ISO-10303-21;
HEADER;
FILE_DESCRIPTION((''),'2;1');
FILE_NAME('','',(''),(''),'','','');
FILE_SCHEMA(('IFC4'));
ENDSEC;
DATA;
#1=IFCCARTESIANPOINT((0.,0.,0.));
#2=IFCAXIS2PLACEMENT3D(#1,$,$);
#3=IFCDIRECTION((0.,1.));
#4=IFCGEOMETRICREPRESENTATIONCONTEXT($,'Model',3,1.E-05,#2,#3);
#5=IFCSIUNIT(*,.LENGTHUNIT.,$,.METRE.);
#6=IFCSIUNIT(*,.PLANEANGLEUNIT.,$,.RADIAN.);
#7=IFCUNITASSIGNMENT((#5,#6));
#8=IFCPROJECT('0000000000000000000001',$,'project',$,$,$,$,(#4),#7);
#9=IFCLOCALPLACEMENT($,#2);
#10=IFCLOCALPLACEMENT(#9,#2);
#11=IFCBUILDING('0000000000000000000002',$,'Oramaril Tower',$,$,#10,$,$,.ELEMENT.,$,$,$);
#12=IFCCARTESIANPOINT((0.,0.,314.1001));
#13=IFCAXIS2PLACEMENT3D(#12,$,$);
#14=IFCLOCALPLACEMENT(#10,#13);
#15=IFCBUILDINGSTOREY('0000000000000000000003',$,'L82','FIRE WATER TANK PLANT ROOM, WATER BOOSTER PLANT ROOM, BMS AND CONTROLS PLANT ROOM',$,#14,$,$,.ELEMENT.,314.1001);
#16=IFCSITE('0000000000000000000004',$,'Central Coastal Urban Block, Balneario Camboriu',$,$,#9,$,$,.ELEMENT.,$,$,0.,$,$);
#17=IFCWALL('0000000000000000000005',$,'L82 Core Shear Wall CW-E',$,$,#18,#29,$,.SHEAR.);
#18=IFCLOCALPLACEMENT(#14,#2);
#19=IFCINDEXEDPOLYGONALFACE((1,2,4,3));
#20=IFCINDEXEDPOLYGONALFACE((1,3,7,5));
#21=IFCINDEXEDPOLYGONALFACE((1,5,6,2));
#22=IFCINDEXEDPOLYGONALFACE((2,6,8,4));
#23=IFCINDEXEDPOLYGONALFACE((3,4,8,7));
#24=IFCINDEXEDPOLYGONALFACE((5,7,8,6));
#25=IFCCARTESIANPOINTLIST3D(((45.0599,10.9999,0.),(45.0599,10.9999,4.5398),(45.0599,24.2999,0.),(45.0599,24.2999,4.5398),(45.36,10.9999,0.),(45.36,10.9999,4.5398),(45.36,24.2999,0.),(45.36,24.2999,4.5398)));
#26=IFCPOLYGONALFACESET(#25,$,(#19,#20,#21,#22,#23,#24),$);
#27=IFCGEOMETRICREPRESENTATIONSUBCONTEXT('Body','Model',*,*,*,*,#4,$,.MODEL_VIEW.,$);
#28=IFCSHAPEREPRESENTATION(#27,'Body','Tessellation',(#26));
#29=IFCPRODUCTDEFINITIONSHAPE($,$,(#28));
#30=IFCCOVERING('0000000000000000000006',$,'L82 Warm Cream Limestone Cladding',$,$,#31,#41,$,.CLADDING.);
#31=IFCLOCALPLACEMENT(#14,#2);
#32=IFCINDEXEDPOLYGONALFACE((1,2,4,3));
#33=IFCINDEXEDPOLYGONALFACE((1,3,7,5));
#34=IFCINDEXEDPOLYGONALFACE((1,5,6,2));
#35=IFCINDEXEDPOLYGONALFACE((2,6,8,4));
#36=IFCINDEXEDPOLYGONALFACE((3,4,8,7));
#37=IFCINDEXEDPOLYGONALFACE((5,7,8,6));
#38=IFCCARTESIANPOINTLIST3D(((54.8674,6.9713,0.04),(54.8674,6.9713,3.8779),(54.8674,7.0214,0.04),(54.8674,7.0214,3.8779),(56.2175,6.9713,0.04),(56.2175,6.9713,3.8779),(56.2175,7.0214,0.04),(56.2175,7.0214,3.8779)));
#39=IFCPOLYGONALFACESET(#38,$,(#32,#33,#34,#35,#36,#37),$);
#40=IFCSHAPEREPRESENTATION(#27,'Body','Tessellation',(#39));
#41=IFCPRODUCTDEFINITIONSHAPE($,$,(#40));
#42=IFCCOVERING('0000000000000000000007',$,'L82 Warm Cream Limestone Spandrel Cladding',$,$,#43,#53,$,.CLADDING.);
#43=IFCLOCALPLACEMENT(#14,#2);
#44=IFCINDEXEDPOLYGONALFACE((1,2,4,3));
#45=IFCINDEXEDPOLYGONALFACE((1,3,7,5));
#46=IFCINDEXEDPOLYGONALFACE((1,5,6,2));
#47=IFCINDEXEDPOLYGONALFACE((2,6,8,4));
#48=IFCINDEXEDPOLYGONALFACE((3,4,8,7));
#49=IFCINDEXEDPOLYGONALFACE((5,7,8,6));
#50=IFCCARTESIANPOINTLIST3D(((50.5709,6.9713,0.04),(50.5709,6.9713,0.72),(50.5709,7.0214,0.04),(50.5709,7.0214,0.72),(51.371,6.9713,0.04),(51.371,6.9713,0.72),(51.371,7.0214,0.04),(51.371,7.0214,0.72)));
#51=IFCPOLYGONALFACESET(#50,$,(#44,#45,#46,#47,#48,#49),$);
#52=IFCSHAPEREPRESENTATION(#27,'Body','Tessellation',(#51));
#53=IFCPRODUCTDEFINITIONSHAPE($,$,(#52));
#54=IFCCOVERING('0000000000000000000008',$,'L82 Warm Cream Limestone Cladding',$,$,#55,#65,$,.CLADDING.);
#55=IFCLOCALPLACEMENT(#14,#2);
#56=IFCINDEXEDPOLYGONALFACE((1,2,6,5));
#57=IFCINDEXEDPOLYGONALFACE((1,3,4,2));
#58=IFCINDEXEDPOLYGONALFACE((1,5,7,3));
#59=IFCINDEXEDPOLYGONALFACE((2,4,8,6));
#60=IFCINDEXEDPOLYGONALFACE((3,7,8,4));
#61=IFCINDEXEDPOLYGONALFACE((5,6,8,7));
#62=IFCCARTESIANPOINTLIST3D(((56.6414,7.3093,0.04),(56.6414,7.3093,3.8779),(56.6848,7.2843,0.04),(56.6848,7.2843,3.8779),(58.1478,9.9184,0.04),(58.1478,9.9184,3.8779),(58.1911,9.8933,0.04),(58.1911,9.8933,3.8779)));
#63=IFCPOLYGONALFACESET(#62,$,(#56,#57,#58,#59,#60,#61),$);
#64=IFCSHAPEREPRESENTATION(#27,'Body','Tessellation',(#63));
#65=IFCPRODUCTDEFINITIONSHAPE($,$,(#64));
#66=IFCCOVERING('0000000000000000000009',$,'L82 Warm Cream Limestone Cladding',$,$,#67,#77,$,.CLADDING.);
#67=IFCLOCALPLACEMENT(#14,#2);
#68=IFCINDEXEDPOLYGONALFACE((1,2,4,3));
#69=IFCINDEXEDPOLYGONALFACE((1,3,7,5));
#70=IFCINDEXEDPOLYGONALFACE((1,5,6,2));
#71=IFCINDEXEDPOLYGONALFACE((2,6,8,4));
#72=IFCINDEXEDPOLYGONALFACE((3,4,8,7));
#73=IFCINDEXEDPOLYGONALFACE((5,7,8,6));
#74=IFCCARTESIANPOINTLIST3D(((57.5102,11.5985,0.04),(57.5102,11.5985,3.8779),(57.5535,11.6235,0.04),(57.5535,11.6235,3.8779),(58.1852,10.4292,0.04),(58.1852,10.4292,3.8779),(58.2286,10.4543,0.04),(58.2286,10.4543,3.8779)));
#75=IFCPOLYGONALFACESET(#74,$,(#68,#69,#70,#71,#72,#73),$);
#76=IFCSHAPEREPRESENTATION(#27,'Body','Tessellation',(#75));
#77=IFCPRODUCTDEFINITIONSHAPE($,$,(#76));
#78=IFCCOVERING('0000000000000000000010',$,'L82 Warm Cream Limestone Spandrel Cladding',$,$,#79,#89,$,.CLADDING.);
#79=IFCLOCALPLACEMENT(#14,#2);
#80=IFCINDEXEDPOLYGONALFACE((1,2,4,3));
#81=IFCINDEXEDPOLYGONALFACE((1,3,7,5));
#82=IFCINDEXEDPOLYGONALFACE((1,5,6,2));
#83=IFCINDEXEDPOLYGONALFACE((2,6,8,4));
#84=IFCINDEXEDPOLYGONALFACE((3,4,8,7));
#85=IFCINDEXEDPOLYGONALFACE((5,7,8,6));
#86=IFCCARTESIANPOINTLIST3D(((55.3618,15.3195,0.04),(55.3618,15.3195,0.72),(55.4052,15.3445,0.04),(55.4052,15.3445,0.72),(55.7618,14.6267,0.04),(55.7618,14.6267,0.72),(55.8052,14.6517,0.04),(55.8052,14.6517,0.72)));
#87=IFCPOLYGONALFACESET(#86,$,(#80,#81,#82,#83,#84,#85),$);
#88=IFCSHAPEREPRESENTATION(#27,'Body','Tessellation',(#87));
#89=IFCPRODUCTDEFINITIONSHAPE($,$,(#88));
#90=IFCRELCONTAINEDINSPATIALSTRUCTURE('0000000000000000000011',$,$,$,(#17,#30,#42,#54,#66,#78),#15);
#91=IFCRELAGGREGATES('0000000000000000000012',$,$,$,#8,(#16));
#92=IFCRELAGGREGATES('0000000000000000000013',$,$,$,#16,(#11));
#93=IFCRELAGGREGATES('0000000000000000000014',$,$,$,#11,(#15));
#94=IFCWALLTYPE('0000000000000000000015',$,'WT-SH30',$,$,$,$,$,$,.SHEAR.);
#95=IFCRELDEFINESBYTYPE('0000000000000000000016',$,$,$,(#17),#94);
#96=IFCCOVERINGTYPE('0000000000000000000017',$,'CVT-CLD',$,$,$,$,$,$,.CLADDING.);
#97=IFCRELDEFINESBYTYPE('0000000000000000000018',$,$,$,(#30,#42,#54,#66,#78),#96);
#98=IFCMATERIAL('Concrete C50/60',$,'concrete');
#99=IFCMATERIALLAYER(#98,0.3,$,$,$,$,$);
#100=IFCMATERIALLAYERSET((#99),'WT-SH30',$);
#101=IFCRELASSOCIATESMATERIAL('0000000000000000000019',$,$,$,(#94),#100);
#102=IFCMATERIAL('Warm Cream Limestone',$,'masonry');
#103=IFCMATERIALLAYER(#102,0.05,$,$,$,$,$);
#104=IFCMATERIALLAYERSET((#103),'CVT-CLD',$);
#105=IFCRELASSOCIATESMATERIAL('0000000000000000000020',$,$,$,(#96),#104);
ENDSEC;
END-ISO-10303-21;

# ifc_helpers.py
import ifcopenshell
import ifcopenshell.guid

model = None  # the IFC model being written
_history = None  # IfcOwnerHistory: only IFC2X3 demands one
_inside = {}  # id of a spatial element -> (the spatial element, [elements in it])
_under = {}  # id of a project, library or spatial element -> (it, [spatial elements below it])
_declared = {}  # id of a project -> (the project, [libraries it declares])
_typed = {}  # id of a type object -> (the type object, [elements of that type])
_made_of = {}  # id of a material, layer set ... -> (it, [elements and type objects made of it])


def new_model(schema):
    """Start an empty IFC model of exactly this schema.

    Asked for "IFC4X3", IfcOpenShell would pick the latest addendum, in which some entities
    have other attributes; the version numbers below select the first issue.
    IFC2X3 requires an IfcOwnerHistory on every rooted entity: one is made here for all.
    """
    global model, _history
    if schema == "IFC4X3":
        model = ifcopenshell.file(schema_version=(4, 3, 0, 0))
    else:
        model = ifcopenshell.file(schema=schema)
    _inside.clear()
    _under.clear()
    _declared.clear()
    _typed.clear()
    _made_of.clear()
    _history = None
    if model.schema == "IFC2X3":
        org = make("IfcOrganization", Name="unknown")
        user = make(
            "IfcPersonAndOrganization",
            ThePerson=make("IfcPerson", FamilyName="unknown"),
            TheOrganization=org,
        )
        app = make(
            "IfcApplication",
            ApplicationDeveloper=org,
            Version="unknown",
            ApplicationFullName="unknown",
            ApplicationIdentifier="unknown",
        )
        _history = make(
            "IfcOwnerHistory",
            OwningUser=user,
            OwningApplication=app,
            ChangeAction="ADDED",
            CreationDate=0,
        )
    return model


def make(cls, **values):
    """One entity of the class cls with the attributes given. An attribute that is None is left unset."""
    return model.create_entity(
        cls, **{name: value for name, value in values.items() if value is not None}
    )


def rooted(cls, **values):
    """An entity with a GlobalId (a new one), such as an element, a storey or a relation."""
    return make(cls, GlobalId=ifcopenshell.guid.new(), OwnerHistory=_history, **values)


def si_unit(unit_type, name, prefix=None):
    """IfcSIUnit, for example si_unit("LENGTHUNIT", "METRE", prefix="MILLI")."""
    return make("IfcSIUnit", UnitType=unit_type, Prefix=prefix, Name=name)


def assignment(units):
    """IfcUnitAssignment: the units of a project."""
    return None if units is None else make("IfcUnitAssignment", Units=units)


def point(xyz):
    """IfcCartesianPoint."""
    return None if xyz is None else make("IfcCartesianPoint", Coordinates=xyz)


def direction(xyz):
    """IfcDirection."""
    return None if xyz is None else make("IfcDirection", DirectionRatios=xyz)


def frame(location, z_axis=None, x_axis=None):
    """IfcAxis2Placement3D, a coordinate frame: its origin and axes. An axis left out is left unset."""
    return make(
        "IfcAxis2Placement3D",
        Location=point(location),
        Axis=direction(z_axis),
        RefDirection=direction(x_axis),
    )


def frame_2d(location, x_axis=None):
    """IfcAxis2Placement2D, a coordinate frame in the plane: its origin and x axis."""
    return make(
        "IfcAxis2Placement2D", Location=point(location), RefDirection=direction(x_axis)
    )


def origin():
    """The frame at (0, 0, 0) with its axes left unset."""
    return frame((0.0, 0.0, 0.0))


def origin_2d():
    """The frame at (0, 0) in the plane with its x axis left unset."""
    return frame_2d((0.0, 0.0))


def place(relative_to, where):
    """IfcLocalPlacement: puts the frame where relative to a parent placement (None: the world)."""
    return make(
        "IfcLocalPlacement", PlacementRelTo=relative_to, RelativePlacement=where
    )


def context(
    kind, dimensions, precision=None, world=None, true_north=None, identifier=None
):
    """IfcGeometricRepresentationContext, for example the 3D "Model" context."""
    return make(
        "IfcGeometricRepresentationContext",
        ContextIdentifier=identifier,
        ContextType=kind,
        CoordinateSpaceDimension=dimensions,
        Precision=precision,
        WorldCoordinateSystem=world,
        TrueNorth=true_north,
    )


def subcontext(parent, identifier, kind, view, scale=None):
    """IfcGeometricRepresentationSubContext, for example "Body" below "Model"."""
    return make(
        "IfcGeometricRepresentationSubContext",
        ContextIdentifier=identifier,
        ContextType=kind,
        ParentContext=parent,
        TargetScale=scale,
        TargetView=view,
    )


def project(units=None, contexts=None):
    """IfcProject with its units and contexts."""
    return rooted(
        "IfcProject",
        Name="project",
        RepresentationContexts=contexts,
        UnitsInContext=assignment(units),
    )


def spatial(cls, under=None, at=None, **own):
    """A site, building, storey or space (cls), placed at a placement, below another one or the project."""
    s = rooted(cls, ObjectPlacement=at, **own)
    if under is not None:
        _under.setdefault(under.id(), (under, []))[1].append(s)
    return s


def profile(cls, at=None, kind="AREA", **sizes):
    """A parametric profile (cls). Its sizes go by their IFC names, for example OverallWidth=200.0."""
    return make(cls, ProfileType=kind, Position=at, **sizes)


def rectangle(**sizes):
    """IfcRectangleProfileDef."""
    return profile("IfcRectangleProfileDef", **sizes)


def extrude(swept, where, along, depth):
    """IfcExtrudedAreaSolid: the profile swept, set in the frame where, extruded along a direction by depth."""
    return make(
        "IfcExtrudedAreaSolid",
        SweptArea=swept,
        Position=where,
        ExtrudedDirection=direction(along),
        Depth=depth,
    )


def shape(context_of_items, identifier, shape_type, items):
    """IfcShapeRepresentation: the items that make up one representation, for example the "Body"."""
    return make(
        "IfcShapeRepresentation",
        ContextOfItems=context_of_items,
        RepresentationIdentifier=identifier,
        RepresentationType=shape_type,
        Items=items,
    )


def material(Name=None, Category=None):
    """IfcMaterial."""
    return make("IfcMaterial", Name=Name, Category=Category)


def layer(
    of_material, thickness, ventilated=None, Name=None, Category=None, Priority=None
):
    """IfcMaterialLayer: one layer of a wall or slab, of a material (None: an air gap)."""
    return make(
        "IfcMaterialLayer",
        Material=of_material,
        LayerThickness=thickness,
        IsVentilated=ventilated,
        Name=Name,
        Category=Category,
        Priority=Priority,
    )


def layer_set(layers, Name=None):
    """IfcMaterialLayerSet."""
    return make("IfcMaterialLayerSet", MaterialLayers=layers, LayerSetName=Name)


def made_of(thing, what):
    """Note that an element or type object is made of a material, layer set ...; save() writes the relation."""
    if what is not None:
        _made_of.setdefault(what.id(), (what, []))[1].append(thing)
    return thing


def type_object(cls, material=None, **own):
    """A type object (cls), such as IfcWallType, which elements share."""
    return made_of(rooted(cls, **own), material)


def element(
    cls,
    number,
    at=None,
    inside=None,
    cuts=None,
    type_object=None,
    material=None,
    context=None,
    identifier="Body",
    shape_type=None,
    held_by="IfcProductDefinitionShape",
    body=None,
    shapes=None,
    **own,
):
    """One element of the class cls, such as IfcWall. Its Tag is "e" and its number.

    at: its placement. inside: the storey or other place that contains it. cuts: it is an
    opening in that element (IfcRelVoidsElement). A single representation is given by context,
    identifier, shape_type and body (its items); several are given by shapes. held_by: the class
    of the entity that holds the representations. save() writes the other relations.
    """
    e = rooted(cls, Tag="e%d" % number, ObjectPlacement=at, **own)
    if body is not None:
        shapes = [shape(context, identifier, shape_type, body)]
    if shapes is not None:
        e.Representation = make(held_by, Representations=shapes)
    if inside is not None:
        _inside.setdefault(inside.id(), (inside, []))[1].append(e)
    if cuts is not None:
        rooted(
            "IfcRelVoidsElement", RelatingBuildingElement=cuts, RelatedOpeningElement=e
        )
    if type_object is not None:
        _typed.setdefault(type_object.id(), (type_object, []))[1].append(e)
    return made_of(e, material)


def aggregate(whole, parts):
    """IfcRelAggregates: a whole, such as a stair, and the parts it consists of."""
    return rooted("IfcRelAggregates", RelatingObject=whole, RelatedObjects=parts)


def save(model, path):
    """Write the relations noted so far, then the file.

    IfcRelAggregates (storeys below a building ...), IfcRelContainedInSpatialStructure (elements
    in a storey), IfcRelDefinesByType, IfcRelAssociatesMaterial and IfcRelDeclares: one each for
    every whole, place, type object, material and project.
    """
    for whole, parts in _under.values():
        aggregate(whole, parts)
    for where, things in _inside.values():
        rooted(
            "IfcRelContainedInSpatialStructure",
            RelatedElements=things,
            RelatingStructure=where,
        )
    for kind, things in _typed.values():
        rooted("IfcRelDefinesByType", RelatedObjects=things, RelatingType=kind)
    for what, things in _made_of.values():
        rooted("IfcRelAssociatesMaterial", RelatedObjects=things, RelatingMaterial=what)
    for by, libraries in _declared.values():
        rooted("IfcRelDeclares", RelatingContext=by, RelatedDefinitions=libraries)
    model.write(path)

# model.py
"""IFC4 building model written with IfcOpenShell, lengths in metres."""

from ifc_helpers import new_model, si_unit, direction, frame, frame_2d, origin, origin_2d, place, context, subcontext, project, spatial, rectangle, extrude, material, layer, layer_set, type_object, element, save


model = new_model("IFC4")

# Units and contexts
model_context = context("Model", 3, precision=1e-05, world=origin(), true_north=direction((0.0, 1.0)))
body_context = subcontext(model_context, "Body", "Model", "MODEL_VIEW")
ifc_project = project(units=[si_unit("LENGTHUNIT", "METRE"), si_unit("PLANEANGLEUNIT", "RADIAN")], contexts=[model_context])

# Site, building, storey
site_placement = place(None, origin())
site = spatial("IfcSite", under=ifc_project, at=site_placement, Name="Central Coastal Urban Block, Balneario Camboriu", CompositionType="ELEMENT", RefElevation=0.0)
building_placement = place(site_placement, origin())
building = spatial("IfcBuilding", under=site, at=building_placement, Name="Oramaril Tower", CompositionType="ELEMENT")
storey_placement = place(building_placement, frame((0.0, 0.0, 314.1001)))
storey = spatial("IfcBuildingStorey", under=building, at=storey_placement, Name="L82", Description="FIRE WATER TANK PLANT ROOM, WATER BOOSTER PLANT ROOM, BMS AND CONTROLS PLANT ROOM", CompositionType="ELEMENT", Elevation=314.1001)

# Wall
ifc_material_1 = material(Name="Concrete C50/60", Category="concrete")
ifc_layer_1 = layer(ifc_material_1, 0.3)
ifc_layer_set_1 = layer_set([ifc_layer_1], Name="WT-SH30")
wall_type_1 = type_object("IfcWallType", Name="WT-SH30", PredefinedType="SHEAR", material=ifc_layer_set_1)
wall_1_placement = place(storey_placement, frame((45.21, 11.0, 0.0), z_axis=(0.0, 0.0, 1.0), x_axis=(0.0, 1.0, 0.0)))
element("IfcWall", 1, at=wall_1_placement, inside=storey, type_object=wall_type_1, Name="L82 Core Shear Wall CW-E", PredefinedType="SHEAR", context=body_context, shape_type="SweptSolid", body=[
    extrude(rectangle(XDim=13.3, YDim=0.3, at=frame_2d((6.6499, 0.0))), origin(), (0.0, 0.0, 1.0), 4.5398),
])

# Coverings
ifc_material_2 = material(Name="Warm Cream Limestone", Category="masonry")
ifc_layer_2 = layer(ifc_material_2, 0.05)
ifc_layer_set_2 = layer_set([ifc_layer_2], Name="CVT-CLD")
covering_type = type_object("IfcCoveringType", Name="CVT-CLD", PredefinedType="CLADDING", material=ifc_layer_set_2)
covering_1_placement = place(storey_placement, frame((55.5425, 6.9963, 0.04), z_axis=(0.0, 0.0, 1.0), x_axis=(1.0, 0.0, 0.0)))
element("IfcCovering", 2, at=covering_1_placement, inside=storey, type_object=covering_type, Name="L82 Warm Cream Limestone Cladding", PredefinedType="CLADDING", context=body_context, shape_type="SweptSolid", body=[
    extrude(rectangle(XDim=1.3501, YDim=0.05, at=origin_2d()), origin(), (0.0, 0.0, 1.0), 3.8379),
])
covering_2_placement = place(storey_placement, frame((50.9709, 6.9963, 0.04), z_axis=(0.0, 0.0, 1.0), x_axis=(1.0, 0.0, 0.0)))
element("IfcCovering", 3, at=covering_2_placement, inside=storey, type_object=covering_type, Name="L82 Warm Cream Limestone Spandrel Cladding", PredefinedType="CLADDING", context=body_context, shape_type="SweptSolid", body=[
    extrude(rectangle(XDim=0.8, YDim=0.05, at=origin_2d()), origin(), (0.0, 0.0, 1.0), 0.6799),
])
covering_3_placement = place(storey_placement, frame((57.4163, 8.6013, 0.04), z_axis=(0.0, 0.0, 1.0), x_axis=(0.5, 0.866025, 0.0)))
element("IfcCovering", 4, at=covering_3_placement, inside=storey, type_object=covering_type, Name="L82 Warm Cream Limestone Cladding", PredefinedType="CLADDING", context=body_context, shape_type="SweptSolid", body=[
    extrude(rectangle(XDim=3.0127, YDim=0.05, at=origin_2d()), origin(), (0.0, 0.0, 1.0), 3.8379),
])
covering_4_placement = place(storey_placement, frame((57.8694, 11.0264, 0.04), z_axis=(0.0, 0.0, 1.0), x_axis=(-0.499998, 0.866026, 0.0)))
element("IfcCovering", 5, at=covering_4_placement, inside=storey, type_object=covering_type, Name="L82 Warm Cream Limestone Cladding", PredefinedType="CLADDING", context=body_context, shape_type="SweptSolid", body=[
    extrude(rectangle(XDim=1.3501, YDim=0.05, at=origin_2d()), origin(), (0.0, 0.0, 1.0), 3.8379),
])
covering_5_placement = place(storey_placement, frame((55.5835, 14.9856, 0.04), z_axis=(0.0, 0.0, 1.0), x_axis=(-0.499998, 0.866026, 0.0)))
element("IfcCovering", 6, at=covering_5_placement, inside=storey, type_object=covering_type, Name="L82 Warm Cream Limestone Spandrel Cladding", PredefinedType="CLADDING", context=body_context, shape_type="SweptSolid", body=[
    extrude(rectangle(XDim=0.8, YDim=0.05, at=origin_2d()), origin(), (0.0, 0.0, 1.0), 0.6799),
])

save(model, "model.ifc")
